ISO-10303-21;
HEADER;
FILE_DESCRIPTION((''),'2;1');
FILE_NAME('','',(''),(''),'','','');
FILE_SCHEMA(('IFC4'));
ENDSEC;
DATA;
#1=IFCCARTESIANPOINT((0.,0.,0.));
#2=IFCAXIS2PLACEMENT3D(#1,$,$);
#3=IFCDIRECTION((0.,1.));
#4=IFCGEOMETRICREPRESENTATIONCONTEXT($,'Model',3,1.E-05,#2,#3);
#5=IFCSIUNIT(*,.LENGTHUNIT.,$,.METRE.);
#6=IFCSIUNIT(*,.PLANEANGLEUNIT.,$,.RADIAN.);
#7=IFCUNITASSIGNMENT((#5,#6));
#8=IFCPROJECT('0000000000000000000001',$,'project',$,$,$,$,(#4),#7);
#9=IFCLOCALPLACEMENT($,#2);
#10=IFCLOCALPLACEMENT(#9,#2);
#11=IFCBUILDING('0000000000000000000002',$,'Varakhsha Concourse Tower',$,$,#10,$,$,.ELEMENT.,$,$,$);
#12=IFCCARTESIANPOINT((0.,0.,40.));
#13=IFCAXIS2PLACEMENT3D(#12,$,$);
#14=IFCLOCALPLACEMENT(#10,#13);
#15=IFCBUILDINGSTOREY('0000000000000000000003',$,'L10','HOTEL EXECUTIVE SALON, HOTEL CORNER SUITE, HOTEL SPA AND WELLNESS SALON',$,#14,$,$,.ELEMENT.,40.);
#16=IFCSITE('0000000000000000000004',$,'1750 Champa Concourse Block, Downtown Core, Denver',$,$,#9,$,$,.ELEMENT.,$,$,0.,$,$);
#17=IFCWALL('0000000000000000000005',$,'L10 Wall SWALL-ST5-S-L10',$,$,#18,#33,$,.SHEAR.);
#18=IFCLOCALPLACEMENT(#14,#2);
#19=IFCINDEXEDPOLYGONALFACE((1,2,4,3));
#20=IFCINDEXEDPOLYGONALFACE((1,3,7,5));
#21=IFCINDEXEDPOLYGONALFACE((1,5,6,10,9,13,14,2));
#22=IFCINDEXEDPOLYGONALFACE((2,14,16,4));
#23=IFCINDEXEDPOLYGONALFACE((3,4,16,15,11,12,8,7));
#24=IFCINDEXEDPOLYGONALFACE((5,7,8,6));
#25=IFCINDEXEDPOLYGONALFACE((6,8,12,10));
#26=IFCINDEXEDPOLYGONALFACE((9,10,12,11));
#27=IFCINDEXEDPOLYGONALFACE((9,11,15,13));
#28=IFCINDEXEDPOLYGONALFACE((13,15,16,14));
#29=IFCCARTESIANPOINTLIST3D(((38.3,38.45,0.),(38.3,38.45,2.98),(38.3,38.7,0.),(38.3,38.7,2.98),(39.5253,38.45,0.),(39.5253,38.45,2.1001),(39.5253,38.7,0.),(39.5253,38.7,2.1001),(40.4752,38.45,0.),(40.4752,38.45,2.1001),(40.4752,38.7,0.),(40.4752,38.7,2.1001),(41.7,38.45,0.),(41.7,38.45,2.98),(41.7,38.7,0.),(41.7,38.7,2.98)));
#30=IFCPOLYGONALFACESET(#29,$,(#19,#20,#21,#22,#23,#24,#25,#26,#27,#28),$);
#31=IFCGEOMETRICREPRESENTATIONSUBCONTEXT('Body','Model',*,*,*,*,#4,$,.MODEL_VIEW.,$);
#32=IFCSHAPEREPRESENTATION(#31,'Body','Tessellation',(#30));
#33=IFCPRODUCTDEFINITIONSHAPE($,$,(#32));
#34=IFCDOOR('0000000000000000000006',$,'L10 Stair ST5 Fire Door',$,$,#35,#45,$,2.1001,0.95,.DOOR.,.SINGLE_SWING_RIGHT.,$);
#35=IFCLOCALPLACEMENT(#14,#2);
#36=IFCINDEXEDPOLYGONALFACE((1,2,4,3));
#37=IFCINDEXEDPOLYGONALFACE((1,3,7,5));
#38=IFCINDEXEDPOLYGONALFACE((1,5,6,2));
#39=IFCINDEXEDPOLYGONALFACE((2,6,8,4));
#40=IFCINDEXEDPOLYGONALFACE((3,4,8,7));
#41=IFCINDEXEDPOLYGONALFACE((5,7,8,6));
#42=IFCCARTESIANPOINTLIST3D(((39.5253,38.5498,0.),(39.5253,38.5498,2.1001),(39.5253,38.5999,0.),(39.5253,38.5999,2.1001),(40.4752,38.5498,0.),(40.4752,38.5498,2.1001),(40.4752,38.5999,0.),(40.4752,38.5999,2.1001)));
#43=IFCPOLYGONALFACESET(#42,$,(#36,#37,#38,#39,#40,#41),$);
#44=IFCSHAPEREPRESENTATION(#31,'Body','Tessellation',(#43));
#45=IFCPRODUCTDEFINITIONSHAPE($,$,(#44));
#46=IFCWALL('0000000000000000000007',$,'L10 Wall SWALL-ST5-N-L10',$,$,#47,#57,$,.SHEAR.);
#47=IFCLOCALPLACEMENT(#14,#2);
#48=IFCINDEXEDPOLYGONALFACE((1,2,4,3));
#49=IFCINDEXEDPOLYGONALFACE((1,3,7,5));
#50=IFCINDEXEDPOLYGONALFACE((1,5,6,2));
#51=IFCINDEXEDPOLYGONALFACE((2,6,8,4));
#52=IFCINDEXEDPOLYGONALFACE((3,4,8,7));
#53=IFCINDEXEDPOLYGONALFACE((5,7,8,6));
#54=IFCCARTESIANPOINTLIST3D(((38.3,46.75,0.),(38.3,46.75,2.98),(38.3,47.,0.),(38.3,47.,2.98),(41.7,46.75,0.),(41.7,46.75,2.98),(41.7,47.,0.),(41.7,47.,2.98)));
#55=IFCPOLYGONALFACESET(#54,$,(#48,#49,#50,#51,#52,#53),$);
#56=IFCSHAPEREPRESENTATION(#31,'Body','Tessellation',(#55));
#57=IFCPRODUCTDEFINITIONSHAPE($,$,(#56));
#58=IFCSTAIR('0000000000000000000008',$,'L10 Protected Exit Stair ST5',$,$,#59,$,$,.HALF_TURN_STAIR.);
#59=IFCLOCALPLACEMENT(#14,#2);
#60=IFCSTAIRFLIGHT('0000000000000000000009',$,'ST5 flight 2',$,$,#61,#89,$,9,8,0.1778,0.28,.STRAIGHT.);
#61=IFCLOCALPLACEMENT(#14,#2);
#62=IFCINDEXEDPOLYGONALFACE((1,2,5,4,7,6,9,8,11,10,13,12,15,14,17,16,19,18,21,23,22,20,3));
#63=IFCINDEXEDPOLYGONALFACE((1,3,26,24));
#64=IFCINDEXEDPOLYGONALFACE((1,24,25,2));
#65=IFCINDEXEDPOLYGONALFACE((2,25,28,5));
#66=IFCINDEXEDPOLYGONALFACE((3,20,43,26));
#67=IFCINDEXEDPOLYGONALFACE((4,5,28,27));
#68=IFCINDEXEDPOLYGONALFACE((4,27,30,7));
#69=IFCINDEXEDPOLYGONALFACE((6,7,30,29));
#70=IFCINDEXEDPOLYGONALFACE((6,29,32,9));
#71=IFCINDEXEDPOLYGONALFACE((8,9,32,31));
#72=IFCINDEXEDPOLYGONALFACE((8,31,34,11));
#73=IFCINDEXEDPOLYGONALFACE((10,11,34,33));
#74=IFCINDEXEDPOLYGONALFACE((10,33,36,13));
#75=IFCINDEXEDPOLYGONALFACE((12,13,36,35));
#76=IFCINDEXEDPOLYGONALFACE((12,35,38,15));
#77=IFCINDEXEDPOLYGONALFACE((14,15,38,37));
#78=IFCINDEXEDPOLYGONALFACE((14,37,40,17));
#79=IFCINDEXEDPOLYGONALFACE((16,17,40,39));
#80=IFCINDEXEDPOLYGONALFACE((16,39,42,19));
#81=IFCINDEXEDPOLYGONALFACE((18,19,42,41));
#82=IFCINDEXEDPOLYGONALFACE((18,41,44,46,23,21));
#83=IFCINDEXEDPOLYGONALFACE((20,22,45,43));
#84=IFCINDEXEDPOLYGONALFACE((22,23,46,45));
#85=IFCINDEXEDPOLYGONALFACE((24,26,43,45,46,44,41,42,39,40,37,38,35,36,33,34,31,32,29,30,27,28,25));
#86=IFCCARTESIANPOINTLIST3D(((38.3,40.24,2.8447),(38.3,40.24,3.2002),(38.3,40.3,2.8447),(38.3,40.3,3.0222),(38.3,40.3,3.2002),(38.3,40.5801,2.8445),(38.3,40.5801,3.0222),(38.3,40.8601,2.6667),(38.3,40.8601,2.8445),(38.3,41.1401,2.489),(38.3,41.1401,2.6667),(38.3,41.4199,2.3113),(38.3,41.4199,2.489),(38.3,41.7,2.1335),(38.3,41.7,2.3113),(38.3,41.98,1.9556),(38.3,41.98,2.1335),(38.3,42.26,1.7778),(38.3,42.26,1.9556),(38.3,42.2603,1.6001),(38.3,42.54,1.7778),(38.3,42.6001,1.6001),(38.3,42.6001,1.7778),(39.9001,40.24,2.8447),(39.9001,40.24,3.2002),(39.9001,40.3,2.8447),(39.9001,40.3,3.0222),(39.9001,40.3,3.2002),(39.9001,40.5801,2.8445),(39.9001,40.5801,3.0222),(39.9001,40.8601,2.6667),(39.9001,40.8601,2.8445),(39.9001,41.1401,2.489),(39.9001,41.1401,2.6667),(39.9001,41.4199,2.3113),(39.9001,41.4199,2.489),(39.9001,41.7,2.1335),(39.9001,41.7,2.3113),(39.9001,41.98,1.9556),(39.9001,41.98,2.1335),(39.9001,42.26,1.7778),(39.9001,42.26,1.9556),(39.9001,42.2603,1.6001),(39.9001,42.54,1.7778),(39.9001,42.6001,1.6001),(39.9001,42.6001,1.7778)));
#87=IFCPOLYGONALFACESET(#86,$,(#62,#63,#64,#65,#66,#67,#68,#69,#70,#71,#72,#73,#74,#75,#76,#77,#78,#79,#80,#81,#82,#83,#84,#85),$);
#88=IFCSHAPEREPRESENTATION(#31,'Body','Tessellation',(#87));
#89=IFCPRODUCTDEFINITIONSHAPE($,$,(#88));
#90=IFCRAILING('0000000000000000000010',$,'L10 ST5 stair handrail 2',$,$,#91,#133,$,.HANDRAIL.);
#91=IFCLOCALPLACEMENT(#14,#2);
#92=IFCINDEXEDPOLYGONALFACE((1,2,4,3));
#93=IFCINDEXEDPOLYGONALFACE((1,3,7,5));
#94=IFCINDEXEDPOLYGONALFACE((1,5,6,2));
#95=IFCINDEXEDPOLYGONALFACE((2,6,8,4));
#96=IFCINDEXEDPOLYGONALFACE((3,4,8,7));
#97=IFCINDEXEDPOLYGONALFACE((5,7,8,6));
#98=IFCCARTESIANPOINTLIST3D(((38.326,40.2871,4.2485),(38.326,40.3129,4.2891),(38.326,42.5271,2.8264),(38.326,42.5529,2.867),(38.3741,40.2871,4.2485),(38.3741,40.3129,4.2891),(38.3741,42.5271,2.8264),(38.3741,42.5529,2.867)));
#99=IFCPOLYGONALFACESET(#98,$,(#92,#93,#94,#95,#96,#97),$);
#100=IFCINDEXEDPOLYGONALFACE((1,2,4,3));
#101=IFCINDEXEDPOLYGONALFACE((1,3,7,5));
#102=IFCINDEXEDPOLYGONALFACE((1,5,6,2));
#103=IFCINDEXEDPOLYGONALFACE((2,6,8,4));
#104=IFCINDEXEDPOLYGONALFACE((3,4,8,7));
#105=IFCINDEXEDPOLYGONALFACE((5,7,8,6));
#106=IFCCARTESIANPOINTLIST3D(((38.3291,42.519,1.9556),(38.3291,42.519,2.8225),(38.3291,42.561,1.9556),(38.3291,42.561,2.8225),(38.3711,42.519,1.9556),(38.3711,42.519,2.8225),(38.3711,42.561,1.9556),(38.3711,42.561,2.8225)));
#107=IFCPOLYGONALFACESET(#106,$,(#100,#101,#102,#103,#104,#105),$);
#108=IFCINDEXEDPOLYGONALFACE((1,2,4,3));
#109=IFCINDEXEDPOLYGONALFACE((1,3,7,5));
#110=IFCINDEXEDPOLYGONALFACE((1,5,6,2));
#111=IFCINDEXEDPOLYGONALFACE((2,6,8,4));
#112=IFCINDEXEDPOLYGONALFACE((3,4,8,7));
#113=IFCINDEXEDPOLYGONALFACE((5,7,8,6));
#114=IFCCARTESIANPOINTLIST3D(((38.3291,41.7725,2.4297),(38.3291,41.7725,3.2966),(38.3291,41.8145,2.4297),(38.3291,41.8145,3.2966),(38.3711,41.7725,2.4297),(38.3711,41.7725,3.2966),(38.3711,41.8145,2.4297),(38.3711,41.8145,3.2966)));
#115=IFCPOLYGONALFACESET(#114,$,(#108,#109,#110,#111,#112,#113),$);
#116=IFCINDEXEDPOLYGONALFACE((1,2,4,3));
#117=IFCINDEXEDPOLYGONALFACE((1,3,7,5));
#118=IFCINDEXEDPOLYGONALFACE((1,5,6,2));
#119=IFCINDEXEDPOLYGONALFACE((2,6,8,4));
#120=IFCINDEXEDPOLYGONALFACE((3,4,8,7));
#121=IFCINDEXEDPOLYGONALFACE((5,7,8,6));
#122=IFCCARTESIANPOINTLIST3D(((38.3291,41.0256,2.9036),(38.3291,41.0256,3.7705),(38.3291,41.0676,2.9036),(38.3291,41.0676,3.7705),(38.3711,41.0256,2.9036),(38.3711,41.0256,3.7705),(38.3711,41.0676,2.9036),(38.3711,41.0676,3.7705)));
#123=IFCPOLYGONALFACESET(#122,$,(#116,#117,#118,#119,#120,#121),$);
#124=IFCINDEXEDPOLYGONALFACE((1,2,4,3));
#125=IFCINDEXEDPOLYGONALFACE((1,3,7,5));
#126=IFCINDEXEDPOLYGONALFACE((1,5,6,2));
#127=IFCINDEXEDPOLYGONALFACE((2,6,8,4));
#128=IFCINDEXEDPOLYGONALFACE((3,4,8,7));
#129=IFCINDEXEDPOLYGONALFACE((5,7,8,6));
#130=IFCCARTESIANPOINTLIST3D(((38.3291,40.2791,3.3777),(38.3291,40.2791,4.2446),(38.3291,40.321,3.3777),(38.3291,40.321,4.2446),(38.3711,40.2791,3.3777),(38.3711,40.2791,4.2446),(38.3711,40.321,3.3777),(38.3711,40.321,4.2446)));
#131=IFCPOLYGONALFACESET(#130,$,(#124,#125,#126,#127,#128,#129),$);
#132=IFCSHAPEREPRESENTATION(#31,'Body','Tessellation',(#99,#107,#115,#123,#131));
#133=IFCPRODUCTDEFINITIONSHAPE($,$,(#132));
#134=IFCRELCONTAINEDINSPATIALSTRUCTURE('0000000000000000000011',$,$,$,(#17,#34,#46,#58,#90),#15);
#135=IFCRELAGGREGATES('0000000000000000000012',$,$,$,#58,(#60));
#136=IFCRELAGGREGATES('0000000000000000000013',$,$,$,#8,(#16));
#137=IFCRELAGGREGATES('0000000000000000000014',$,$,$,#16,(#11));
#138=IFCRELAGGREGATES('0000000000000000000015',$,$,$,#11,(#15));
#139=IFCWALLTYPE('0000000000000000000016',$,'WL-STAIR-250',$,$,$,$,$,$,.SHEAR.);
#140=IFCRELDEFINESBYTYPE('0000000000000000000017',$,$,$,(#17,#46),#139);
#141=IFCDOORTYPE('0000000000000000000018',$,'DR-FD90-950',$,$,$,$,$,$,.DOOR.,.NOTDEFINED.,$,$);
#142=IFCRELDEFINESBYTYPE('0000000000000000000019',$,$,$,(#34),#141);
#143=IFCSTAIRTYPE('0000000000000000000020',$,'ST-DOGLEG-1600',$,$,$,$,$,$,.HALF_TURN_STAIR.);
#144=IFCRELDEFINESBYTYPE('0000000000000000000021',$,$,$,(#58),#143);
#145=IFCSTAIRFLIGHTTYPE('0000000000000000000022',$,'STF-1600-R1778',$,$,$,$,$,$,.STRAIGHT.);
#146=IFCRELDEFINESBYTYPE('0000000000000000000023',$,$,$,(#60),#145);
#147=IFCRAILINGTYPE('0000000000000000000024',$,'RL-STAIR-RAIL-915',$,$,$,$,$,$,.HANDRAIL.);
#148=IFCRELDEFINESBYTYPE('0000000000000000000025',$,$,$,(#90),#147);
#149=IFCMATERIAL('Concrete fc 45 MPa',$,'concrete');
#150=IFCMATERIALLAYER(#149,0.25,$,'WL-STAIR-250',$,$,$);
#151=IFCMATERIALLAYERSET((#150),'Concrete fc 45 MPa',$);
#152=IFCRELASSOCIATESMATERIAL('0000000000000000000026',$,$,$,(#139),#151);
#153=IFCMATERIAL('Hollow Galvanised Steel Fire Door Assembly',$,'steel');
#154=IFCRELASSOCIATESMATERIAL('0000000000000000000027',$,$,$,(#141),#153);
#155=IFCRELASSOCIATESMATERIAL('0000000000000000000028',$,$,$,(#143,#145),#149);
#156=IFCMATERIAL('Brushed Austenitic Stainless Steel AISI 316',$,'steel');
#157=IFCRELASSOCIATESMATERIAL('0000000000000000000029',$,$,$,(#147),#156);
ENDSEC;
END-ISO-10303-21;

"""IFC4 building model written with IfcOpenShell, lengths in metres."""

from ifc_helpers import new_model, si_unit, direction, frame, frame_2d, origin, origin_2d, place, context, subcontext, project, spatial, polyline, rectangle, outline, extrude, material, layer, layer_set, type_object, element, fill, aggregate, save


model = new_model("IFC4")

# Units and contexts
model_context = context("Model", 3, precision=1e-05, world=origin(), true_north=direction((0.0, 1.0)))
body_context = subcontext(model_context, "Body", "Model", "MODEL_VIEW")
ifc_project = project(units=[si_unit("LENGTHUNIT", "METRE"), si_unit("PLANEANGLEUNIT", "RADIAN")], contexts=[model_context])

# Site, building, storey
site_placement = place(None, origin())
site = spatial("IfcSite", under=ifc_project, at=site_placement, Name="1750 Champa Concourse Block, Downtown Core, Denver", CompositionType="ELEMENT", RefElevation=0.0)
building_placement = place(site_placement, origin())
building = spatial("IfcBuilding", under=site, at=building_placement, Name="Varakhsha Concourse Tower", CompositionType="ELEMENT")
storey_placement = place(building_placement, frame((0.0, 0.0, 40.0)))
storey = spatial("IfcBuildingStorey", under=building, at=storey_placement, Name="L10", Description="HOTEL EXECUTIVE SALON, HOTEL CORNER SUITE, HOTEL SPA AND WELLNESS SALON", CompositionType="ELEMENT", Elevation=40.0)

# Shared definitions
ifc_material_1 = material(Name="Concrete fc 45 MPa", Category="concrete")

# Shared definitions
ifc_material_2 = material(Name="Hollow Galvanised Steel Fire Door Assembly", Category="steel")

# Shared definitions
ifc_layer_1 = layer(ifc_material_1, 0.25, Name="WL-STAIR-250")
ifc_layer_set_1 = layer_set([ifc_layer_1], Name="Concrete fc 45 MPa")
wall_type_1 = type_object("IfcWallType", Name="WL-STAIR-250", PredefinedType="SHEAR", material=ifc_layer_set_1)

# Wall, opening, door
wall_1_placement = place(storey_placement, frame((38.3, 38.575, 0.0), z_axis=(0.0, 0.0, 1.0), x_axis=(1.0, 0.0, 0.0)))
wall_1 = element("IfcWall", 1, at=wall_1_placement, inside=storey, type_object=wall_type_1, Name="L10 Wall SWALL-ST5-S-L10", PredefinedType="SHEAR", context=body_context, shape_type="SweptSolid", body=[
    extrude(rectangle(XDim=3.3999, YDim=0.25, at=frame_2d((1.7, 0.0))), origin(), (0.0, 0.0, 1.0), 2.98),
])
opening_1_placement = place(wall_1_placement, frame((1.2251, 0.0, 0.0)))
opening_1 = element("IfcOpeningElement", 2, at=opening_1_placement, cuts=wall_1, PredefinedType="OPENING", context=body_context, shape_type="SweptSolid", body=[
    extrude(rectangle(XDim=0.95, YDim=2.1001, at=frame_2d((0.4751, 1.05))), frame((0.0, 0.135, 0.0), z_axis=(0.0, -1.0, 0.0), x_axis=(1.0, 0.0, 0.0)), (0.0, 0.0, 1.0), 0.27),
])
door_type_1 = type_object("IfcDoorType", Name="DR-FD90-950", OperationType="NOTDEFINED", PredefinedType="DOOR", material=ifc_material_2)
door_1_placement = place(opening_1_placement, origin())
door_1 = element("IfcDoor", 3, at=door_1_placement, inside=storey, type_object=door_type_1, Name="L10 Stair ST5 Fire Door", OperationType="SINGLE_SWING_RIGHT", OverallHeight=2.1001, OverallWidth=0.95, PredefinedType="DOOR", context=body_context, shape_type="SweptSolid", body=[
    extrude(rectangle(XDim=0.95, YDim=2.1001, at=frame_2d((0.4751, 1.05))), frame((0.0, 0.0249, 0.0), z_axis=(0.0, -1.0, 0.0), x_axis=(1.0, 0.0, 0.0)), (0.0, 0.0, 1.0), 0.05),
])
fill(opening_1, door_1)

# Wall
wall_2_placement = place(storey_placement, frame((38.3, 46.875, 0.0), z_axis=(0.0, 0.0, 1.0), x_axis=(1.0, 0.0, 0.0)))
element("IfcWall", 4, at=wall_2_placement, inside=storey, type_object=wall_type_1, Name="L10 Wall SWALL-ST5-N-L10", PredefinedType="SHEAR", context=body_context, shape_type="SweptSolid", body=[
    extrude(rectangle(XDim=3.3999, YDim=0.25, at=frame_2d((1.7, 0.0))), origin(), (0.0, 0.0, 1.0), 2.98),
])

# Stair, stair flight
stair_type = type_object("IfcStairType", Name="ST-DOGLEG-1600", PredefinedType="HALF_TURN_STAIR", material=ifc_material_1)
stair_placement = place(storey_placement, origin())
stair = element("IfcStair", 5, at=stair_placement, inside=storey, type_object=stair_type, Name="L10 Protected Exit Stair ST5", PredefinedType="HALF_TURN_STAIR")
stair_flight_type = type_object("IfcStairFlightType", Name="STF-1600-R1778", PredefinedType="STRAIGHT", material=ifc_material_1)
stair_flight_placement = place(storey_placement, frame((39.1001, 42.54, 1.6001), z_axis=(0.0, 0.0, 1.0), x_axis=(0.0, -1.0, 0.0)))
stair_flight = element("IfcStairFlight", 6, at=stair_flight_placement, type_object=stair_flight_type, Name="ST5 flight 2", NumberOfRisers=9, NumberOfTreads=8, PredefinedType="STRAIGHT", RiserHeight=0.1778, TreadLength=0.28, context=body_context, shape_type="SweptSolid", body=[
    extrude(outline(polyline([(-0.0601, 0.0), (-0.0601, 0.1777), (0.0, 0.1777), (0.28, 0.1777), (0.28, 0.3555), (0.5601, 0.3555), (0.5601, 0.5334), (0.8401, 0.5334), (0.8401, 0.7112), (1.1201, 0.7112), (1.1201, 0.8889), (1.3999, 0.8889), (1.3999, 1.0667), (1.6799, 1.0667), (1.6799, 1.2444), (1.96, 1.2444), (1.96, 1.4221), (2.24, 1.4221), (2.24, 1.6001), (2.3, 1.6001), (2.3, 1.2446), (2.24, 1.2446), (0.2798, 0.0), (-0.0601, 0.0)])), frame((0.0, 0.8, 0.0), z_axis=(0.0, -1.0, 0.0), x_axis=(1.0, 0.0, 0.0)), (0.0, 0.0, 1.0), 1.6001),
])
aggregate(stair, [stair_flight])

# Railing
ifc_material_3 = material(Name="Brushed Austenitic Stainless Steel AISI 316", Category="steel")
railing_type = type_object("IfcRailingType", Name="RL-STAIR-RAIL-915", PredefinedType="HANDRAIL", material=ifc_material_3)
railing_placement = place(storey_placement, frame((38.3501, 42.54, 1.9556)))
element("IfcRailing", 7, at=railing_placement, inside=storey, type_object=railing_type, Name="L10 ST5 stair handrail 2", PredefinedType="HANDRAIL", context=body_context, shape_type="SweptSolid", body=[
    extrude(rectangle(XDim=0.0481, YDim=0.0481, at=origin_2d()), frame((0.0, 0.0, 0.8911), z_axis=(0.0, -0.844229, 0.535982), x_axis=(1.0, 0.0, 0.0)), (0.0, 0.0, 1.0), 2.6533),
    extrude(rectangle(XDim=0.042, YDim=0.042, at=origin_2d()), origin(), (0.0, 0.0, 1.0), 0.8669),
    extrude(rectangle(XDim=0.042, YDim=0.042, at=origin_2d()), frame((0.0, -0.7466, 0.4741)), (0.0, 0.0, 1.0), 0.8669),
    extrude(rectangle(XDim=0.042, YDim=0.042, at=origin_2d()), frame((0.0, -1.4934, 0.948)), (0.0, 0.0, 1.0), 0.8669),
    extrude(rectangle(XDim=0.042, YDim=0.042, at=origin_2d()), frame((0.0, -2.24, 1.4221)), (0.0, 0.0, 1.0), 0.8669),
])

save(model, "model.ifc")
